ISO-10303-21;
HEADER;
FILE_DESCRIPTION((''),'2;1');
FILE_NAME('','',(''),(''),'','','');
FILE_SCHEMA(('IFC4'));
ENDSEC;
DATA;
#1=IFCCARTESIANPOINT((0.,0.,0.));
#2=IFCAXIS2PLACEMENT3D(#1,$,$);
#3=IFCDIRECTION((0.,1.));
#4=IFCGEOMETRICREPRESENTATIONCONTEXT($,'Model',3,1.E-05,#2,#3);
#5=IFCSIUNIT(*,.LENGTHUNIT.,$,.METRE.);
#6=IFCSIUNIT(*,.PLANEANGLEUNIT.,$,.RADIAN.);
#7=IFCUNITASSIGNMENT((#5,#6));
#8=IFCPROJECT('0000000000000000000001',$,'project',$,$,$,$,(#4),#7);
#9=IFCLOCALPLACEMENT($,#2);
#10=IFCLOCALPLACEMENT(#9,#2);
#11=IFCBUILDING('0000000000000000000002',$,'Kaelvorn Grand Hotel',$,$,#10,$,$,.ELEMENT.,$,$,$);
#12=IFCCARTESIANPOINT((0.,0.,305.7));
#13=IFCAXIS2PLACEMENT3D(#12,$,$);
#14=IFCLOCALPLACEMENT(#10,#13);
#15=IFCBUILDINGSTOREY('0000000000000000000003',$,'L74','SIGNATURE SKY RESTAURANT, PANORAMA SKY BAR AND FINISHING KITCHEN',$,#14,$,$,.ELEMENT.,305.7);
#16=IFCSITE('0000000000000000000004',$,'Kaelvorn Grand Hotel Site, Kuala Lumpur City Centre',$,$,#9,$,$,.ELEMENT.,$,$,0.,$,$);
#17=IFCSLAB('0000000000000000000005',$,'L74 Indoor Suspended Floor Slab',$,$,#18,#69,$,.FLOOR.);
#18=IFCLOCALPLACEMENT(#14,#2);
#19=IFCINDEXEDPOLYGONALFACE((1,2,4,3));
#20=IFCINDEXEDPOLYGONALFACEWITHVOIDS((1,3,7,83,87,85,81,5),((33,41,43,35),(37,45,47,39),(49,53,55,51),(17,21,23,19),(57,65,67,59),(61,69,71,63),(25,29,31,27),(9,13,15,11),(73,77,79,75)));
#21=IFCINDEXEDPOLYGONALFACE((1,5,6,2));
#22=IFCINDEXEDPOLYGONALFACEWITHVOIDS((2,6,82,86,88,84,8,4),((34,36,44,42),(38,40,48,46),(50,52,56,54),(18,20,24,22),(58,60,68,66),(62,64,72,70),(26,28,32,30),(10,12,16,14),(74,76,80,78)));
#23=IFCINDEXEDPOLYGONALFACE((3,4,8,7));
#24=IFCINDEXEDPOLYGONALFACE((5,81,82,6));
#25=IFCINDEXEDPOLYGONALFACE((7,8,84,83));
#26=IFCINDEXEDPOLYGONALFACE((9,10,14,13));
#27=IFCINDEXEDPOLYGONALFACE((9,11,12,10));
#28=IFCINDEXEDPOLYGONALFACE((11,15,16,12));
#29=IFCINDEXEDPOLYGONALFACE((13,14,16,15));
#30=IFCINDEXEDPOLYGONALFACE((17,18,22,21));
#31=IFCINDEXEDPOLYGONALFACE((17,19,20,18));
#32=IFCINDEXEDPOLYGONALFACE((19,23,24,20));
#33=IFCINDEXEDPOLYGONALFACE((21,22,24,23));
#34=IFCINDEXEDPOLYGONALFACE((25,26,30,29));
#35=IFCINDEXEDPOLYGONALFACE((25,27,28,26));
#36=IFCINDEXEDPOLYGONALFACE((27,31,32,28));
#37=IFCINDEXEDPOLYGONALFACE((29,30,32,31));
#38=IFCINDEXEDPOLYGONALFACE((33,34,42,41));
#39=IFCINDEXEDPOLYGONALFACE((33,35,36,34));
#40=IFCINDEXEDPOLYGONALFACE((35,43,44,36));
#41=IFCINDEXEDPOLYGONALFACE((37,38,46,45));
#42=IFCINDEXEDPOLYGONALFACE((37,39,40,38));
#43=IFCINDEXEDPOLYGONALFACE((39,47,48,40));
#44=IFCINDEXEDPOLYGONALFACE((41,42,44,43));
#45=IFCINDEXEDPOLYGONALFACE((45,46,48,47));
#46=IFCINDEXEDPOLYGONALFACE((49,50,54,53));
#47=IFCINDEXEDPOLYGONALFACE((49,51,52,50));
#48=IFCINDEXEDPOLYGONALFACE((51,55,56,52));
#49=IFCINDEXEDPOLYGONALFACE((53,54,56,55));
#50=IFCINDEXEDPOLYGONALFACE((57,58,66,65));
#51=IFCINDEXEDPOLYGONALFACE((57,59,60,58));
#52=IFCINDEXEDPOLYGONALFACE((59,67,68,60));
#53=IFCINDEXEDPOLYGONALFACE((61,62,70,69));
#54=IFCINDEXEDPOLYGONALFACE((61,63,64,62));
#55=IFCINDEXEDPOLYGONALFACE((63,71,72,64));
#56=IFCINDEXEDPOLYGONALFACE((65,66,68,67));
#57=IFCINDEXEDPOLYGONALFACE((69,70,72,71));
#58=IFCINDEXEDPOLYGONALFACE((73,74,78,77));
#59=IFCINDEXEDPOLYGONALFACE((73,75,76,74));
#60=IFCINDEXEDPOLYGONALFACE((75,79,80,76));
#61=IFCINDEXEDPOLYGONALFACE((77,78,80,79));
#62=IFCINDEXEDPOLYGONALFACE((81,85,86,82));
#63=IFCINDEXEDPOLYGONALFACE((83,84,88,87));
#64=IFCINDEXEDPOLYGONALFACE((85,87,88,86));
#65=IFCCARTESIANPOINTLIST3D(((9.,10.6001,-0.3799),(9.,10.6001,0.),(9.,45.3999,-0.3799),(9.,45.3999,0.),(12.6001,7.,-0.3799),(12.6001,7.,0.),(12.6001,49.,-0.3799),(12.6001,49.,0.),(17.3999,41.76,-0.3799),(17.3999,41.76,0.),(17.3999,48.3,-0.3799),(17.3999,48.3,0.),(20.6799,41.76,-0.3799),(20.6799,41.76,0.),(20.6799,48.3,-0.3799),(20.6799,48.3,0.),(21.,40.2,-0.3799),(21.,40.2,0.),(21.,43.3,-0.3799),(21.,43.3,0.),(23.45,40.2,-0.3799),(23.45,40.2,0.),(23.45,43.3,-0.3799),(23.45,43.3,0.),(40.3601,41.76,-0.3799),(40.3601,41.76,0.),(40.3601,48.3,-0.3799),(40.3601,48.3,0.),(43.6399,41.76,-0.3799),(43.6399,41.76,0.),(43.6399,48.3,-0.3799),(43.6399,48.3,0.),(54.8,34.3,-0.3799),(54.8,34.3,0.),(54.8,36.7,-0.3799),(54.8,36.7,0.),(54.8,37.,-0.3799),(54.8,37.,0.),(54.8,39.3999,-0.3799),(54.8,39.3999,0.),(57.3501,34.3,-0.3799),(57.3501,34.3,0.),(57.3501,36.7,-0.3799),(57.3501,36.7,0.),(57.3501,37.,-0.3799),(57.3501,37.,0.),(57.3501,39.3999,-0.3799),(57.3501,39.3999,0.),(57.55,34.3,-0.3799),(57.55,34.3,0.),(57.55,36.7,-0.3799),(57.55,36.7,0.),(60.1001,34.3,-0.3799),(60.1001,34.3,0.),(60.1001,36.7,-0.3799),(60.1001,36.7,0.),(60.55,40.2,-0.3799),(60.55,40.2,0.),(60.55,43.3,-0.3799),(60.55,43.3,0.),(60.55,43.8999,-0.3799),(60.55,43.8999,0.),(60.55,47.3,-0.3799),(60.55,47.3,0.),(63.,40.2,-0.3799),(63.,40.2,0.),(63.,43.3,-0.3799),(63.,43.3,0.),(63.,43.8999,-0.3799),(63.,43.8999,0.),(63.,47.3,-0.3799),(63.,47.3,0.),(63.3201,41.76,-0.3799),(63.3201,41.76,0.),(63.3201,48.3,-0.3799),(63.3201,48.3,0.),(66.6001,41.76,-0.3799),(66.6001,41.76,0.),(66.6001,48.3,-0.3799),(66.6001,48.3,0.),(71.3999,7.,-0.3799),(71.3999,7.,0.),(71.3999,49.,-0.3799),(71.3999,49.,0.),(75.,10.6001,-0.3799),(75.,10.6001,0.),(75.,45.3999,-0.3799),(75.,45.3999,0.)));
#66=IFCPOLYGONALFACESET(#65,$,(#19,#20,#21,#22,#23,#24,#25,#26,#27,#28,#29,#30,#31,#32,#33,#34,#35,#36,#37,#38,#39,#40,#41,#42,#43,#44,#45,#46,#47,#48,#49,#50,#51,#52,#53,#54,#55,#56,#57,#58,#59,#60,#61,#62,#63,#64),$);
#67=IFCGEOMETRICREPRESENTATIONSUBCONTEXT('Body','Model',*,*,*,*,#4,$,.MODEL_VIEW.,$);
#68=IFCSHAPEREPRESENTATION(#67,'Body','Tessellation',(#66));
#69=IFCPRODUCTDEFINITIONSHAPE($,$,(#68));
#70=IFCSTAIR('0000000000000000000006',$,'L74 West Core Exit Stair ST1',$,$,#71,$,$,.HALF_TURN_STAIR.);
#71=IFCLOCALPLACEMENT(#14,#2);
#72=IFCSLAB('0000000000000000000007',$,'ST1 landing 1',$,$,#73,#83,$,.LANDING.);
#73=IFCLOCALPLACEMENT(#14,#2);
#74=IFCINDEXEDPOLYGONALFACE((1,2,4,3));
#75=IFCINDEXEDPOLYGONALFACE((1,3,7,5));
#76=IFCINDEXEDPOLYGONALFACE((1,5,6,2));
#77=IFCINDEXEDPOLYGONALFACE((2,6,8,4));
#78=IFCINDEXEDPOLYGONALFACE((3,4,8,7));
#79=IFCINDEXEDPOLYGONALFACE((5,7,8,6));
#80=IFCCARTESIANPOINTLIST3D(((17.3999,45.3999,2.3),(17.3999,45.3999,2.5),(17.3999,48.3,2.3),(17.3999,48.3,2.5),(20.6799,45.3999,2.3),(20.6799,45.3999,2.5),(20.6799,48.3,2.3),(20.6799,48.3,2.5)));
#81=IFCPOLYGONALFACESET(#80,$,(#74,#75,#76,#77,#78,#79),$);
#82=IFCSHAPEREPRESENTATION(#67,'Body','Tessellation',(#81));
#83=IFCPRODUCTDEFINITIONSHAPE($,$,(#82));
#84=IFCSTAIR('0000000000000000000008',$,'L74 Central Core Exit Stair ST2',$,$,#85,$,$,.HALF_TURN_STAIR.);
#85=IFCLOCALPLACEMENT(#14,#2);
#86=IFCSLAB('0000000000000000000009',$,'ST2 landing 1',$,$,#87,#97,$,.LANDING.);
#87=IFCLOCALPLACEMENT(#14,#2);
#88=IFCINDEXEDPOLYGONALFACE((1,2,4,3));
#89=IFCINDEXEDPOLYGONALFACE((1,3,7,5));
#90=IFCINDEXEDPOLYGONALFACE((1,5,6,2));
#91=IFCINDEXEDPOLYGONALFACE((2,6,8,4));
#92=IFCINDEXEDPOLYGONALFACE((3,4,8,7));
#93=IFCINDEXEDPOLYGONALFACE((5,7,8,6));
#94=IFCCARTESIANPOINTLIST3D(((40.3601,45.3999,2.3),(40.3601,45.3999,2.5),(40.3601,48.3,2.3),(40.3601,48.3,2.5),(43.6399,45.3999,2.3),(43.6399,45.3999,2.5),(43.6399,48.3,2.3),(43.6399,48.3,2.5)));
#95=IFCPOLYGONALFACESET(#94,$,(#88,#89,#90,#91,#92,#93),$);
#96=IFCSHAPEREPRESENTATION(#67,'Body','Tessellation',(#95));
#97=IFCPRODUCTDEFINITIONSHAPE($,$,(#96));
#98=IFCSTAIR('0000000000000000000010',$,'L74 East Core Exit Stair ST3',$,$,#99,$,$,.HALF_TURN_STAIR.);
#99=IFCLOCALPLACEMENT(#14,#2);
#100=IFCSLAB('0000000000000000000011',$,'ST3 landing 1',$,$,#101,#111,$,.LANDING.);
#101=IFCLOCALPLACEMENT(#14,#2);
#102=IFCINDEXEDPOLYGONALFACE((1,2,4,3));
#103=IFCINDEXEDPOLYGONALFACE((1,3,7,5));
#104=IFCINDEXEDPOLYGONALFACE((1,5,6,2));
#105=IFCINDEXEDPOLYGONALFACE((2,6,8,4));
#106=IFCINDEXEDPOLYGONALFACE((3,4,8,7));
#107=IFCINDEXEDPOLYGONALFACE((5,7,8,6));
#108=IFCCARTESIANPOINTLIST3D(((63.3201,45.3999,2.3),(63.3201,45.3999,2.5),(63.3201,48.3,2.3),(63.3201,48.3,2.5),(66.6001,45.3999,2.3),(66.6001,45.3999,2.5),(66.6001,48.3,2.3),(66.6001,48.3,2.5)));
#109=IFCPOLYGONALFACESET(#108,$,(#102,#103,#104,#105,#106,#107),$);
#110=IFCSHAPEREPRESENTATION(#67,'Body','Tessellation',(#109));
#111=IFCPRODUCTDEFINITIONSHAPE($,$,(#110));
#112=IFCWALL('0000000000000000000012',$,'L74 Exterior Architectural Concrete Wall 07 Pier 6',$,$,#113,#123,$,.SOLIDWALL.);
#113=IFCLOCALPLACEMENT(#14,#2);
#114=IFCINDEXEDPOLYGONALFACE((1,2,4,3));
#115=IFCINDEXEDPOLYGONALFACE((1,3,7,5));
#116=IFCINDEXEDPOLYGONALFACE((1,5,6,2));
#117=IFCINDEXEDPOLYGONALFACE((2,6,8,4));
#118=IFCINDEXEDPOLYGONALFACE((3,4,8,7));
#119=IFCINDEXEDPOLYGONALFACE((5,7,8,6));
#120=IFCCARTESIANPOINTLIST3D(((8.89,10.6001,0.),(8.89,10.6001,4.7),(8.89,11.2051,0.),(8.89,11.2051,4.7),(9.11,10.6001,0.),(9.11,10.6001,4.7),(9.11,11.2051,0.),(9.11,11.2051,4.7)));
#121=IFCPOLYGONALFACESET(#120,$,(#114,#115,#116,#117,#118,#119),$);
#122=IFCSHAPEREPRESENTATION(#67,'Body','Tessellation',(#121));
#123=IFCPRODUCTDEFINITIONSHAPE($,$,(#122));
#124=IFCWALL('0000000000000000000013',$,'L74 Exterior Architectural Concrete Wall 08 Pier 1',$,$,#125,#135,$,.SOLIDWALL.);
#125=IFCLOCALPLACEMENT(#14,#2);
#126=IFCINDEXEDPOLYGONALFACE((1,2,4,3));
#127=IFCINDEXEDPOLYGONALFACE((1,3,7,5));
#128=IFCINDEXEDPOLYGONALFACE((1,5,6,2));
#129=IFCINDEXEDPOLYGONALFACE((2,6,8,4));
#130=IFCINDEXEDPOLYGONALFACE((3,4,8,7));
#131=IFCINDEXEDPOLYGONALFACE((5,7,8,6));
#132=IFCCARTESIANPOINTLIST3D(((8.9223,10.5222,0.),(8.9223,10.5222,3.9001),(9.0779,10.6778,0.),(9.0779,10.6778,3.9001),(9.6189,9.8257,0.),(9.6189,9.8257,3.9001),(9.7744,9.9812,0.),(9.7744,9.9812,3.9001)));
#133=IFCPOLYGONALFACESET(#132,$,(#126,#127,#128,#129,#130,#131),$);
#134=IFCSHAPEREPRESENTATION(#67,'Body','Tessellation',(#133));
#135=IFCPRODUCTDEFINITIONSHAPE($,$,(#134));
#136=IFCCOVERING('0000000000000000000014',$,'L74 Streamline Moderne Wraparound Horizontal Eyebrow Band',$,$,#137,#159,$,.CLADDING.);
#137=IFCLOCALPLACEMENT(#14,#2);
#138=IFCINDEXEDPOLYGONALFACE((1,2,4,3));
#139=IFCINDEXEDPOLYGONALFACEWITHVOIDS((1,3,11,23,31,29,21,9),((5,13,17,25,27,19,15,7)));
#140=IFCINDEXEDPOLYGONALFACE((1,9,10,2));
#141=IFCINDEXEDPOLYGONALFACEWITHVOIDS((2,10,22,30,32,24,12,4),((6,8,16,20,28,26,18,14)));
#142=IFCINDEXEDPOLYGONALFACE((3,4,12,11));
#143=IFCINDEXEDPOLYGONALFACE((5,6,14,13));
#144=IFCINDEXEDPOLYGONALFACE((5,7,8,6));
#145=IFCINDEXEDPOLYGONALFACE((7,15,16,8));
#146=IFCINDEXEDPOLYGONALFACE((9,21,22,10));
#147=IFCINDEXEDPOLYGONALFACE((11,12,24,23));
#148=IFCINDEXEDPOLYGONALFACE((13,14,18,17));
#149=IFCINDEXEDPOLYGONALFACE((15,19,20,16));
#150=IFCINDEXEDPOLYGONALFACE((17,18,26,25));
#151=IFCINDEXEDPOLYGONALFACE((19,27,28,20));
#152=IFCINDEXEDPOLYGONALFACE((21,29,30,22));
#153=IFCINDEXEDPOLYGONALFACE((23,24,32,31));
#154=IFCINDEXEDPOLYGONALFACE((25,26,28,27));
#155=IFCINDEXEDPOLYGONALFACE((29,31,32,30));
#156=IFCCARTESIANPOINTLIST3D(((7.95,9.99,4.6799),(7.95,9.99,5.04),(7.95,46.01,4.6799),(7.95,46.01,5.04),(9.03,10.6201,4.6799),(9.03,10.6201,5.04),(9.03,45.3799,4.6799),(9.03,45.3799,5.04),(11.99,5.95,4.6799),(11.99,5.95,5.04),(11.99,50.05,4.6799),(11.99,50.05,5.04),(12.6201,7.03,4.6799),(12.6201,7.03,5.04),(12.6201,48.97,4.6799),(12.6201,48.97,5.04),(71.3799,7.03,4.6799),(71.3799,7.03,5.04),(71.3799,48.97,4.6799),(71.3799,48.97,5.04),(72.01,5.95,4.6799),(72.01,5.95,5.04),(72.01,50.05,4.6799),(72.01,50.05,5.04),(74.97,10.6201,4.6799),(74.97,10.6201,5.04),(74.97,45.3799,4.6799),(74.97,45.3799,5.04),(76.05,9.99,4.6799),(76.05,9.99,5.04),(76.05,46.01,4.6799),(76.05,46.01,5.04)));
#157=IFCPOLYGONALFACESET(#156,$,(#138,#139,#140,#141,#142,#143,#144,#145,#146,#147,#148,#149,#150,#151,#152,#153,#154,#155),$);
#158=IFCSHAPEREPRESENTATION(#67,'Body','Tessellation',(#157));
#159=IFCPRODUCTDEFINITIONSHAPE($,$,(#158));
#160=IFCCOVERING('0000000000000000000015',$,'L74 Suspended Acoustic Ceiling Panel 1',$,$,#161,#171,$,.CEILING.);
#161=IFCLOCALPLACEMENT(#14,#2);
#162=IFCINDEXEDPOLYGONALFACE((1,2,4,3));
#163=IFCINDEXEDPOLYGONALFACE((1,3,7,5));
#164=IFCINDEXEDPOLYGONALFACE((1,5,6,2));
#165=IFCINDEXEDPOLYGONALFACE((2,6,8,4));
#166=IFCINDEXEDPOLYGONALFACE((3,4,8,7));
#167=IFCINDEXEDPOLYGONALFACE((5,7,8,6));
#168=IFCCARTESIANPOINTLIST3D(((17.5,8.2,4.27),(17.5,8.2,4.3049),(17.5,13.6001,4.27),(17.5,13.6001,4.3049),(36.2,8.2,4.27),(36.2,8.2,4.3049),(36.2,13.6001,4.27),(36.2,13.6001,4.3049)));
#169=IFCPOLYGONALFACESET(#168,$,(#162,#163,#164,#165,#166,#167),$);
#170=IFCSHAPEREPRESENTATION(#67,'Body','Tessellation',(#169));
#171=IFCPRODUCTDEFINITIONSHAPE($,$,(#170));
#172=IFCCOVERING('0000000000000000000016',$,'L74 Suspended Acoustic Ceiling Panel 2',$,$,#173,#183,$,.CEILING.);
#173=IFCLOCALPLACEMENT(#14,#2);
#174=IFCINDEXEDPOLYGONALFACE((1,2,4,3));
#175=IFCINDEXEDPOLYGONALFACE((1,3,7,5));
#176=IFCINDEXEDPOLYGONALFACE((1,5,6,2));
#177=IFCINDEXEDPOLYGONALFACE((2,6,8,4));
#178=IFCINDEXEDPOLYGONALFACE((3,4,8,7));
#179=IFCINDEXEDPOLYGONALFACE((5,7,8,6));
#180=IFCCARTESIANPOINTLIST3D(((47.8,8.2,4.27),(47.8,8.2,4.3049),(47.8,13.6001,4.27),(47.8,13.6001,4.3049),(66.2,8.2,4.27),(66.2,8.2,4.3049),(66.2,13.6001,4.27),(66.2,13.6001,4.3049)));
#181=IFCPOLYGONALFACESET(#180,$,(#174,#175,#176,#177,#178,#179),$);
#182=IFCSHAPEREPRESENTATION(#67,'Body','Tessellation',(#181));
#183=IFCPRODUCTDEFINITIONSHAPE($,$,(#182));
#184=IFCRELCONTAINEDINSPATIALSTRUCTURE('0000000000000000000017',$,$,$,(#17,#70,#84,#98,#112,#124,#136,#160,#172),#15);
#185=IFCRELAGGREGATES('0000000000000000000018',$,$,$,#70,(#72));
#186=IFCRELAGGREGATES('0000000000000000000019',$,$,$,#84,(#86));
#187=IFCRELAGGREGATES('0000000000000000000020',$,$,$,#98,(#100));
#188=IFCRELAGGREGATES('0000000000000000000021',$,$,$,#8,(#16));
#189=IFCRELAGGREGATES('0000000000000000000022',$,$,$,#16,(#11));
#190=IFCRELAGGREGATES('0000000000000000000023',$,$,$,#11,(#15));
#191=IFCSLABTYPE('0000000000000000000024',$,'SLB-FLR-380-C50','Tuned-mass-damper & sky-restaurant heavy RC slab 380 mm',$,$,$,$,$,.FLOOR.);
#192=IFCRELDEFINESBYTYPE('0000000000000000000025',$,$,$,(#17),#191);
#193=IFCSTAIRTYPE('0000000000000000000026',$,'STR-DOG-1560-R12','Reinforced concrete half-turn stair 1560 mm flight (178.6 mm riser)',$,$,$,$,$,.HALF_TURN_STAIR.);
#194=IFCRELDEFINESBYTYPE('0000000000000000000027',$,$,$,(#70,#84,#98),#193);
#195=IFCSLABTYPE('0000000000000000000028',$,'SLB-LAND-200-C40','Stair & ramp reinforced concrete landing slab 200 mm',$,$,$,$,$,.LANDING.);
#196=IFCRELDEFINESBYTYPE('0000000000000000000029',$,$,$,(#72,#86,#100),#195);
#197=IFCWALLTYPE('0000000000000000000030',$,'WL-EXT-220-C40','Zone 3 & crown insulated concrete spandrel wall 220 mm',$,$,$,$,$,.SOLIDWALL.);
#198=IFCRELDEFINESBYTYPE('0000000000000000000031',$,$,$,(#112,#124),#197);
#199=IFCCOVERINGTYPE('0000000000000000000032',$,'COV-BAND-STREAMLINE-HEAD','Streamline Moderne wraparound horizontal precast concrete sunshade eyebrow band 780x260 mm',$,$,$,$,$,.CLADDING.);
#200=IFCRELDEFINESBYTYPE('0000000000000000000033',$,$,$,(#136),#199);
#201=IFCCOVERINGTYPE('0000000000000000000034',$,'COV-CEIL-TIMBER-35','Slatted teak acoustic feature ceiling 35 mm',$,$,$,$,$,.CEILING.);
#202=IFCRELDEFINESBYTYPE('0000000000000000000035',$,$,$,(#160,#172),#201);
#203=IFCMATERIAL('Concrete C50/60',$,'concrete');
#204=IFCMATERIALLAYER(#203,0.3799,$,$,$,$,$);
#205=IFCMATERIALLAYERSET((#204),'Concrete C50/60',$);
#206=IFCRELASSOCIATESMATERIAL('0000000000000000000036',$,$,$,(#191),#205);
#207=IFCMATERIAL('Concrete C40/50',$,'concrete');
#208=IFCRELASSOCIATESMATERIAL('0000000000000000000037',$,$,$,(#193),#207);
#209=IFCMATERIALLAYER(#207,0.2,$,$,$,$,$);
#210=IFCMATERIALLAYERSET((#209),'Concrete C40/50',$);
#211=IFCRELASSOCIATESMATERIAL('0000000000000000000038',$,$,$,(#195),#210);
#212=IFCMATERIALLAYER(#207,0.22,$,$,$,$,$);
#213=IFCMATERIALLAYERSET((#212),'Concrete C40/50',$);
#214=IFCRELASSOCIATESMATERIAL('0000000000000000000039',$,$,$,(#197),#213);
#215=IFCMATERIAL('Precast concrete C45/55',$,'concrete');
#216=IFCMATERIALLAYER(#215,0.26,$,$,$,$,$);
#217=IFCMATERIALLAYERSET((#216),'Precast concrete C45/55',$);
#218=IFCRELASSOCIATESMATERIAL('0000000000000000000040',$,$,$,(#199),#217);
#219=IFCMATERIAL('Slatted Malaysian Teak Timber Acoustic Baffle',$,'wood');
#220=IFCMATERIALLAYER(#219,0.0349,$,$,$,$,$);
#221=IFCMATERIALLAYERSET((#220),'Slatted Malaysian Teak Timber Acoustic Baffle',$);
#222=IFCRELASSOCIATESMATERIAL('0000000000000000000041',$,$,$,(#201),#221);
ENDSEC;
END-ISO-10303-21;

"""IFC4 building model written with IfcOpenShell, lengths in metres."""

from ifc_helpers import new_model, si_unit, direction, frame, frame_2d, origin, place, context, subcontext, project, spatial, polyline, rectangle, outline, extrude, material, layer, layer_set, type_object, element, aggregate, save


model = new_model("IFC4")

# Units and contexts
model_context = context("Model", 3, precision=1e-05, world=origin(), true_north=direction((0.0, 1.0)))
body_context = subcontext(model_context, "Body", "Model", "MODEL_VIEW")
ifc_project = project(units=[si_unit("LENGTHUNIT", "METRE"), si_unit("PLANEANGLEUNIT", "RADIAN")], contexts=[model_context])

# Site, building, storey
site_placement = place(None, origin())
site = spatial("IfcSite", under=ifc_project, at=site_placement, Name="Kaelvorn Grand Hotel Site, Kuala Lumpur City Centre", CompositionType="ELEMENT", RefElevation=0.0)
building_placement = place(site_placement, origin())
building = spatial("IfcBuilding", under=site, at=building_placement, Name="Kaelvorn Grand Hotel", CompositionType="ELEMENT")
storey_placement = place(building_placement, frame((0.0, 0.0, 305.7)))
storey = spatial("IfcBuildingStorey", under=building, at=storey_placement, Name="L74", Description="SIGNATURE SKY RESTAURANT, PANORAMA SKY BAR AND FINISHING KITCHEN", CompositionType="ELEMENT", Elevation=305.7)

# Shared definitions
ifc_material_1 = material(Name="Concrete C50/60", Category="concrete")

# Slab
ifc_layer_1 = layer(ifc_material_1, 0.3799)
ifc_layer_set_1 = layer_set([ifc_layer_1], Name="Concrete C50/60")
slab_type_1 = type_object("IfcSlabType", Name="SLB-FLR-380-C50", Description="Tuned-mass-damper & sky-restaurant heavy RC slab 380 mm", PredefinedType="FLOOR", material=ifc_layer_set_1)
slab_1_placement = place(storey_placement, frame((0.0, 0.0, -0.3799)))
element("IfcSlab", 1, at=slab_1_placement, inside=storey, type_object=slab_type_1, Name="L74 Indoor Suspended Floor Slab", PredefinedType="FLOOR", context=body_context, shape_type="SweptSolid", body=[
    extrude(outline(polyline([(12.6001, 7.0), (71.3999, 7.0), (75.0, 10.6001), (75.0, 45.3999), (71.3999, 49.0), (12.6001, 49.0), (9.0, 45.3999), (9.0, 10.6001), (12.6001, 7.0)]), holes=[polyline([(17.3999, 41.76), (17.3999, 48.3), (20.6799, 48.3), (20.6799, 41.76), (17.3999, 41.76)]), polyline([(40.3601, 41.76), (40.3601, 48.3), (43.6399, 48.3), (43.6399, 41.76), (40.3601, 41.76)]), polyline([(63.3201, 41.76), (63.3201, 48.3), (66.6001, 48.3), (66.6001, 41.76), (63.3201, 41.76)]), polyline([(54.8, 34.3), (54.8, 36.7), (57.3501, 36.7), (57.3501, 34.3), (54.8, 34.3)]), polyline([(57.55, 34.3), (57.55, 36.7), (60.1001, 36.7), (60.1001, 34.3), (57.55, 34.3)]), polyline([(54.8, 37.0), (54.8, 39.3999), (57.3501, 39.3999), (57.3501, 37.0), (54.8, 37.0)]), polyline([(21.0, 40.2), (21.0, 43.3), (23.45, 43.3), (23.45, 40.2), (21.0, 40.2)]), polyline([(60.55, 40.2), (60.55, 43.3), (63.0, 43.3), (63.0, 40.2), (60.55, 40.2)]), polyline([(60.55, 43.8999), (60.55, 47.3), (63.0, 47.3), (63.0, 43.8999), (60.55, 43.8999)])]), origin(), (0.0, 0.0, 1.0), 0.3799),
])

# Stairs, slabs
ifc_material_2 = material(Name="Concrete C40/50", Category="concrete")
stair_type = type_object("IfcStairType", Name="STR-DOG-1560-R12", Description="Reinforced concrete half-turn stair 1560 mm flight (178.6 mm riser)", PredefinedType="HALF_TURN_STAIR", material=ifc_material_2)
stair_1_placement = place(storey_placement, origin())
stair_1 = element("IfcStair", 2, at=stair_1_placement, inside=storey, type_object=stair_type, Name="L74 West Core Exit Stair ST1", PredefinedType="HALF_TURN_STAIR")
ifc_layer_2 = layer(ifc_material_2, 0.2)
ifc_layer_set_2 = layer_set([ifc_layer_2], Name="Concrete C40/50")
slab_type_2 = type_object("IfcSlabType", Name="SLB-LAND-200-C40", Description="Stair & ramp reinforced concrete landing slab 200 mm", PredefinedType="LANDING", material=ifc_layer_set_2)
slab_2_placement = place(storey_placement, frame((0.0, 0.0, 2.3)))
slab_2 = element("IfcSlab", 3, at=slab_2_placement, type_object=slab_type_2, Name="ST1 landing 1", PredefinedType="LANDING", context=body_context, shape_type="SweptSolid", body=[
    extrude(outline(polyline([(20.6799, 45.3999), (20.6799, 48.3), (17.3999, 48.3), (17.3999, 45.3999), (20.6799, 45.3999)])), origin(), (0.0, 0.0, 1.0), 0.2),
])
aggregate(stair_1, [slab_2])
stair_2_placement = place(storey_placement, origin())
stair_2 = element("IfcStair", 4, at=stair_2_placement, inside=storey, type_object=stair_type, Name="L74 Central Core Exit Stair ST2", PredefinedType="HALF_TURN_STAIR")
slab_3_placement = place(storey_placement, frame((0.0, 0.0, 2.3)))
slab_3 = element("IfcSlab", 5, at=slab_3_placement, type_object=slab_type_2, Name="ST2 landing 1", PredefinedType="LANDING", context=body_context, shape_type="SweptSolid", body=[
    extrude(outline(polyline([(43.6399, 45.3999), (43.6399, 48.3), (40.3601, 48.3), (40.3601, 45.3999), (43.6399, 45.3999)])), origin(), (0.0, 0.0, 1.0), 0.2),
])
aggregate(stair_2, [slab_3])
stair_3_placement = place(storey_placement, origin())
stair_3 = element("IfcStair", 6, at=stair_3_placement, inside=storey, type_object=stair_type, Name="L74 East Core Exit Stair ST3", PredefinedType="HALF_TURN_STAIR")
slab_4_placement = place(storey_placement, frame((0.0, 0.0, 2.3)))
slab_4 = element("IfcSlab", 7, at=slab_4_placement, type_object=slab_type_2, Name="ST3 landing 1", PredefinedType="LANDING", context=body_context, shape_type="SweptSolid", body=[
    extrude(outline(polyline([(66.6001, 45.3999), (66.6001, 48.3), (63.3201, 48.3), (63.3201, 45.3999), (66.6001, 45.3999)])), origin(), (0.0, 0.0, 1.0), 0.2),
])
aggregate(stair_3, [slab_4])

# Walls
ifc_layer_3 = layer(ifc_material_2, 0.22)
ifc_layer_set_3 = layer_set([ifc_layer_3], Name="Concrete C40/50")
wall_type = type_object("IfcWallType", Name="WL-EXT-220-C40", Description="Zone 3 & crown insulated concrete spandrel wall 220 mm", PredefinedType="SOLIDWALL", material=ifc_layer_set_3)
wall_1_placement = place(storey_placement, frame((9.0, 11.2051, 0.0), z_axis=(0.0, 0.0, 1.0), x_axis=(0.0, -1.0, 0.0)))
element("IfcWall", 8, at=wall_1_placement, inside=storey, type_object=wall_type, Name="L74 Exterior Architectural Concrete Wall 07 Pier 6", PredefinedType="SOLIDWALL", context=body_context, shape_type="SweptSolid", body=[
    extrude(rectangle(XDim=0.605, YDim=0.22, at=frame_2d((0.3025, 0.0))), origin(), (0.0, 0.0, 1.0), 4.7),
])
wall_2_placement = place(storey_placement, frame((9.0, 10.6001, 0.0), z_axis=(0.0, 0.0, 1.0), x_axis=(0.707107, -0.707107, 0.0)))
element("IfcWall", 9, at=wall_2_placement, inside=storey, type_object=wall_type, Name="L74 Exterior Architectural Concrete Wall 08 Pier 1", PredefinedType="SOLIDWALL", context=body_context, shape_type="SweptSolid", body=[
    extrude(rectangle(XDim=0.9851, YDim=0.22, at=frame_2d((0.4927, 0.0))), origin(), (0.0, 0.0, 1.0), 3.9001),
])

# Coverings
ifc_material_3 = material(Name="Precast concrete C45/55", Category="concrete")
ifc_layer_4 = layer(ifc_material_3, 0.26)
ifc_layer_set_4 = layer_set([ifc_layer_4], Name="Precast concrete C45/55")
covering_type_1 = type_object("IfcCoveringType", Name="COV-BAND-STREAMLINE-HEAD", Description="Streamline Moderne wraparound horizontal precast concrete sunshade eyebrow band 780x260 mm", PredefinedType="CLADDING", material=ifc_layer_set_4)
covering_1_placement = place(storey_placement, frame((0.0, 0.0, 4.6799)))
element("IfcCovering", 10, at=covering_1_placement, inside=storey, type_object=covering_type_1, Name="L74 Streamline Moderne Wraparound Horizontal Eyebrow Band", PredefinedType="CLADDING", context=body_context, shape_type="SweptSolid", body=[
    extrude(outline(polyline([(11.99, 5.95), (72.01, 5.95), (76.05, 9.99), (76.05, 46.01), (72.01, 50.05), (11.99, 50.05), (7.95, 46.01), (7.95, 9.99), (11.99, 5.95)]), holes=[polyline([(12.6201, 7.03), (71.3799, 7.03), (74.97, 10.6201), (74.97, 45.3799), (71.3799, 48.97), (12.6201, 48.97), (9.03, 45.3799), (9.03, 10.6201), (12.6201, 7.03)])]), origin(), (0.0, 0.0, 1.0), 0.3601),
])
ifc_material_4 = material(Name="Slatted Malaysian Teak Timber Acoustic Baffle", Category="wood")
ifc_layer_5 = layer(ifc_material_4, 0.0349)
ifc_layer_set_5 = layer_set([ifc_layer_5], Name="Slatted Malaysian Teak Timber Acoustic Baffle")
covering_type_2 = type_object("IfcCoveringType", Name="COV-CEIL-TIMBER-35", Description="Slatted teak acoustic feature ceiling 35 mm", PredefinedType="CEILING", material=ifc_layer_set_5)
covering_2_placement = place(storey_placement, frame((0.0, 0.0, 4.27)))
element("IfcCovering", 11, at=covering_2_placement, inside=storey, type_object=covering_type_2, Name="L74 Suspended Acoustic Ceiling Panel 1", PredefinedType="CEILING", context=body_context, shape_type="SweptSolid", body=[
    extrude(outline(polyline([(17.5, 8.2), (36.2, 8.2), (36.2, 13.6001), (17.5, 13.6001), (17.5, 8.2)])), origin(), (0.0, 0.0, 1.0), 0.0349),
])
covering_3_placement = place(storey_placement, frame((0.0, 0.0, 4.27)))
element("IfcCovering", 12, at=covering_3_placement, inside=storey, type_object=covering_type_2, Name="L74 Suspended Acoustic Ceiling Panel 2", PredefinedType="CEILING", context=body_context, shape_type="SweptSolid", body=[
    extrude(outline(polyline([(47.8, 8.2), (66.2, 8.2), (66.2, 13.6001), (47.8, 13.6001), (47.8, 8.2)])), origin(), (0.0, 0.0, 1.0), 0.0349),
])

save(model, "model.ifc")
